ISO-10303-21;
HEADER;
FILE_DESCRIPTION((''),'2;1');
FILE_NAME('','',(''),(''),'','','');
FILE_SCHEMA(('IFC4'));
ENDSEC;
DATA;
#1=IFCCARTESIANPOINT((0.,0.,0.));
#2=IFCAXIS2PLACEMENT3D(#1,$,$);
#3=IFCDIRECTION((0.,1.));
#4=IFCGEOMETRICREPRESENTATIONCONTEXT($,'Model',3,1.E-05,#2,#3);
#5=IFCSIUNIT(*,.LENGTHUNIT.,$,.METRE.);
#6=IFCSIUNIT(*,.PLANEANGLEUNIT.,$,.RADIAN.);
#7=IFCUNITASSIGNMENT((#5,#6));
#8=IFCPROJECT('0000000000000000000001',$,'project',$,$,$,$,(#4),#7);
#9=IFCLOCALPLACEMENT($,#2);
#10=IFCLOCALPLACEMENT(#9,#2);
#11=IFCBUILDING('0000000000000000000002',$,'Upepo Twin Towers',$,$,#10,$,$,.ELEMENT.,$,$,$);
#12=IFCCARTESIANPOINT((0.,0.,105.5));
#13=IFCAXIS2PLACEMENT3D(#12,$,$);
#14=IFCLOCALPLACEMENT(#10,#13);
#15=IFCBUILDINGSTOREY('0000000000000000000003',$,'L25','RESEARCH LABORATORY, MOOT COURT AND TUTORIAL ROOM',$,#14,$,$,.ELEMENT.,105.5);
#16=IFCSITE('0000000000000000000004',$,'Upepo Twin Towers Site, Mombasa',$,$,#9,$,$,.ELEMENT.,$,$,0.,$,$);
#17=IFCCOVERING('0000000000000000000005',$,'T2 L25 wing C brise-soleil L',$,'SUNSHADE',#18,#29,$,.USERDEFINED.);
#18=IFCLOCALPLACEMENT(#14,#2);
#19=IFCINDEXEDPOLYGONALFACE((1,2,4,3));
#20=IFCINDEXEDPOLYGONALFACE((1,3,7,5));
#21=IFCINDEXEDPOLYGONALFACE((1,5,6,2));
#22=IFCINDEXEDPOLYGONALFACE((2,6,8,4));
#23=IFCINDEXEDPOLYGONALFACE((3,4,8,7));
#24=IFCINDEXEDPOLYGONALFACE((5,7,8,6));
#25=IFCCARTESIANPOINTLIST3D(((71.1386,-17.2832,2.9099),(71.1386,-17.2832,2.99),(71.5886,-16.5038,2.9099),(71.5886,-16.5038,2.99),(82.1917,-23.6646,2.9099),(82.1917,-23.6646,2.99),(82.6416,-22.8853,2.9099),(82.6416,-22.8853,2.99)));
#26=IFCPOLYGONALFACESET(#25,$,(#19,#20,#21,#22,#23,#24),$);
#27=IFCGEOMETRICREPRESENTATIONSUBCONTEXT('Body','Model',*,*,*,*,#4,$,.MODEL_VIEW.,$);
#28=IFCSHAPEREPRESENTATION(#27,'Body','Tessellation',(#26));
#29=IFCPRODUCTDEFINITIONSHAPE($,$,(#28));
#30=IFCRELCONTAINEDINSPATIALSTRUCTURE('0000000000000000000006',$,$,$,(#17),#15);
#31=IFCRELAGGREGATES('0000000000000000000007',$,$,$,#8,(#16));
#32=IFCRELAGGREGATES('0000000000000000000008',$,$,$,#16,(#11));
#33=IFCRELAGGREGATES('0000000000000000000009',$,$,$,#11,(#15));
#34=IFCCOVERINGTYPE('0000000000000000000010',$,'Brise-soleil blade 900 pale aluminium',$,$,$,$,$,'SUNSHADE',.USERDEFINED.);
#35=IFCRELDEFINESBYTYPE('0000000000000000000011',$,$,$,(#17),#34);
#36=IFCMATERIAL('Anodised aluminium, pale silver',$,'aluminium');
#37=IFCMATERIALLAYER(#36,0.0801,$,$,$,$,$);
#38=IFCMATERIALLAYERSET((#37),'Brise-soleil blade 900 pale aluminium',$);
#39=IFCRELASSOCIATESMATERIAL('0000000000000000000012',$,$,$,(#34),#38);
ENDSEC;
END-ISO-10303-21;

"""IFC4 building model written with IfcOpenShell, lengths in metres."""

from ifc_helpers import new_model, si_unit, direction, frame, origin, origin_2d, place, context, subcontext, project, spatial, rectangle, extrude, material, layer, layer_set, type_object, element, save


model = new_model("IFC4")

# Units and contexts
model_context = context("Model", 3, precision=1e-05, world=origin(), true_north=direction((0.0, 1.0)))
body_context = subcontext(model_context, "Body", "Model", "MODEL_VIEW")
ifc_project = project(units=[si_unit("LENGTHUNIT", "METRE"), si_unit("PLANEANGLEUNIT", "RADIAN")], contexts=[model_context])

# Site, building, storey
site_placement = place(None, origin())
site = spatial("IfcSite", under=ifc_project, at=site_placement, Name="Upepo Twin Towers Site, Mombasa", CompositionType="ELEMENT", RefElevation=0.0)
building_placement = place(site_placement, origin())
building = spatial("IfcBuilding", under=site, at=building_placement, Name="Upepo Twin Towers", CompositionType="ELEMENT")
storey_placement = place(building_placement, frame((0.0, 0.0, 105.5)))
storey = spatial("IfcBuildingStorey", under=building, at=storey_placement, Name="L25", Description="RESEARCH LABORATORY, MOOT COURT AND TUTORIAL ROOM", CompositionType="ELEMENT", Elevation=105.5)

# Covering
ifc_material_1 = material(Name="Anodised aluminium, pale silver", Category="aluminium")
ifc_layer_1 = layer(ifc_material_1, 0.0801)
ifc_layer_set_1 = layer_set([ifc_layer_1], Name="Brise-soleil blade 900 pale aluminium")
covering_type = type_object("IfcCoveringType", Name="Brise-soleil blade 900 pale aluminium", ElementType="SUNSHADE", PredefinedType="USERDEFINED", material=ifc_layer_set_1)
covering_placement = place(storey_placement, frame((76.8901, -20.0842, 2.9099), z_axis=(0.0, 0.0, 1.0), x_axis=(0.866025, -0.5, 0.0)))
element("IfcCovering", 1, at=covering_placement, inside=storey, type_object=covering_type, Name="T2 L25 wing C brise-soleil L", ObjectType="SUNSHADE", PredefinedType="USERDEFINED", context=body_context, shape_type="SweptSolid", body=[
    extrude(rectangle(XDim=12.7629, YDim=0.8999, at=origin_2d()), origin(), (0.0, 0.0, 1.0), 0.0801),
])

save(model, "model.ifc")
